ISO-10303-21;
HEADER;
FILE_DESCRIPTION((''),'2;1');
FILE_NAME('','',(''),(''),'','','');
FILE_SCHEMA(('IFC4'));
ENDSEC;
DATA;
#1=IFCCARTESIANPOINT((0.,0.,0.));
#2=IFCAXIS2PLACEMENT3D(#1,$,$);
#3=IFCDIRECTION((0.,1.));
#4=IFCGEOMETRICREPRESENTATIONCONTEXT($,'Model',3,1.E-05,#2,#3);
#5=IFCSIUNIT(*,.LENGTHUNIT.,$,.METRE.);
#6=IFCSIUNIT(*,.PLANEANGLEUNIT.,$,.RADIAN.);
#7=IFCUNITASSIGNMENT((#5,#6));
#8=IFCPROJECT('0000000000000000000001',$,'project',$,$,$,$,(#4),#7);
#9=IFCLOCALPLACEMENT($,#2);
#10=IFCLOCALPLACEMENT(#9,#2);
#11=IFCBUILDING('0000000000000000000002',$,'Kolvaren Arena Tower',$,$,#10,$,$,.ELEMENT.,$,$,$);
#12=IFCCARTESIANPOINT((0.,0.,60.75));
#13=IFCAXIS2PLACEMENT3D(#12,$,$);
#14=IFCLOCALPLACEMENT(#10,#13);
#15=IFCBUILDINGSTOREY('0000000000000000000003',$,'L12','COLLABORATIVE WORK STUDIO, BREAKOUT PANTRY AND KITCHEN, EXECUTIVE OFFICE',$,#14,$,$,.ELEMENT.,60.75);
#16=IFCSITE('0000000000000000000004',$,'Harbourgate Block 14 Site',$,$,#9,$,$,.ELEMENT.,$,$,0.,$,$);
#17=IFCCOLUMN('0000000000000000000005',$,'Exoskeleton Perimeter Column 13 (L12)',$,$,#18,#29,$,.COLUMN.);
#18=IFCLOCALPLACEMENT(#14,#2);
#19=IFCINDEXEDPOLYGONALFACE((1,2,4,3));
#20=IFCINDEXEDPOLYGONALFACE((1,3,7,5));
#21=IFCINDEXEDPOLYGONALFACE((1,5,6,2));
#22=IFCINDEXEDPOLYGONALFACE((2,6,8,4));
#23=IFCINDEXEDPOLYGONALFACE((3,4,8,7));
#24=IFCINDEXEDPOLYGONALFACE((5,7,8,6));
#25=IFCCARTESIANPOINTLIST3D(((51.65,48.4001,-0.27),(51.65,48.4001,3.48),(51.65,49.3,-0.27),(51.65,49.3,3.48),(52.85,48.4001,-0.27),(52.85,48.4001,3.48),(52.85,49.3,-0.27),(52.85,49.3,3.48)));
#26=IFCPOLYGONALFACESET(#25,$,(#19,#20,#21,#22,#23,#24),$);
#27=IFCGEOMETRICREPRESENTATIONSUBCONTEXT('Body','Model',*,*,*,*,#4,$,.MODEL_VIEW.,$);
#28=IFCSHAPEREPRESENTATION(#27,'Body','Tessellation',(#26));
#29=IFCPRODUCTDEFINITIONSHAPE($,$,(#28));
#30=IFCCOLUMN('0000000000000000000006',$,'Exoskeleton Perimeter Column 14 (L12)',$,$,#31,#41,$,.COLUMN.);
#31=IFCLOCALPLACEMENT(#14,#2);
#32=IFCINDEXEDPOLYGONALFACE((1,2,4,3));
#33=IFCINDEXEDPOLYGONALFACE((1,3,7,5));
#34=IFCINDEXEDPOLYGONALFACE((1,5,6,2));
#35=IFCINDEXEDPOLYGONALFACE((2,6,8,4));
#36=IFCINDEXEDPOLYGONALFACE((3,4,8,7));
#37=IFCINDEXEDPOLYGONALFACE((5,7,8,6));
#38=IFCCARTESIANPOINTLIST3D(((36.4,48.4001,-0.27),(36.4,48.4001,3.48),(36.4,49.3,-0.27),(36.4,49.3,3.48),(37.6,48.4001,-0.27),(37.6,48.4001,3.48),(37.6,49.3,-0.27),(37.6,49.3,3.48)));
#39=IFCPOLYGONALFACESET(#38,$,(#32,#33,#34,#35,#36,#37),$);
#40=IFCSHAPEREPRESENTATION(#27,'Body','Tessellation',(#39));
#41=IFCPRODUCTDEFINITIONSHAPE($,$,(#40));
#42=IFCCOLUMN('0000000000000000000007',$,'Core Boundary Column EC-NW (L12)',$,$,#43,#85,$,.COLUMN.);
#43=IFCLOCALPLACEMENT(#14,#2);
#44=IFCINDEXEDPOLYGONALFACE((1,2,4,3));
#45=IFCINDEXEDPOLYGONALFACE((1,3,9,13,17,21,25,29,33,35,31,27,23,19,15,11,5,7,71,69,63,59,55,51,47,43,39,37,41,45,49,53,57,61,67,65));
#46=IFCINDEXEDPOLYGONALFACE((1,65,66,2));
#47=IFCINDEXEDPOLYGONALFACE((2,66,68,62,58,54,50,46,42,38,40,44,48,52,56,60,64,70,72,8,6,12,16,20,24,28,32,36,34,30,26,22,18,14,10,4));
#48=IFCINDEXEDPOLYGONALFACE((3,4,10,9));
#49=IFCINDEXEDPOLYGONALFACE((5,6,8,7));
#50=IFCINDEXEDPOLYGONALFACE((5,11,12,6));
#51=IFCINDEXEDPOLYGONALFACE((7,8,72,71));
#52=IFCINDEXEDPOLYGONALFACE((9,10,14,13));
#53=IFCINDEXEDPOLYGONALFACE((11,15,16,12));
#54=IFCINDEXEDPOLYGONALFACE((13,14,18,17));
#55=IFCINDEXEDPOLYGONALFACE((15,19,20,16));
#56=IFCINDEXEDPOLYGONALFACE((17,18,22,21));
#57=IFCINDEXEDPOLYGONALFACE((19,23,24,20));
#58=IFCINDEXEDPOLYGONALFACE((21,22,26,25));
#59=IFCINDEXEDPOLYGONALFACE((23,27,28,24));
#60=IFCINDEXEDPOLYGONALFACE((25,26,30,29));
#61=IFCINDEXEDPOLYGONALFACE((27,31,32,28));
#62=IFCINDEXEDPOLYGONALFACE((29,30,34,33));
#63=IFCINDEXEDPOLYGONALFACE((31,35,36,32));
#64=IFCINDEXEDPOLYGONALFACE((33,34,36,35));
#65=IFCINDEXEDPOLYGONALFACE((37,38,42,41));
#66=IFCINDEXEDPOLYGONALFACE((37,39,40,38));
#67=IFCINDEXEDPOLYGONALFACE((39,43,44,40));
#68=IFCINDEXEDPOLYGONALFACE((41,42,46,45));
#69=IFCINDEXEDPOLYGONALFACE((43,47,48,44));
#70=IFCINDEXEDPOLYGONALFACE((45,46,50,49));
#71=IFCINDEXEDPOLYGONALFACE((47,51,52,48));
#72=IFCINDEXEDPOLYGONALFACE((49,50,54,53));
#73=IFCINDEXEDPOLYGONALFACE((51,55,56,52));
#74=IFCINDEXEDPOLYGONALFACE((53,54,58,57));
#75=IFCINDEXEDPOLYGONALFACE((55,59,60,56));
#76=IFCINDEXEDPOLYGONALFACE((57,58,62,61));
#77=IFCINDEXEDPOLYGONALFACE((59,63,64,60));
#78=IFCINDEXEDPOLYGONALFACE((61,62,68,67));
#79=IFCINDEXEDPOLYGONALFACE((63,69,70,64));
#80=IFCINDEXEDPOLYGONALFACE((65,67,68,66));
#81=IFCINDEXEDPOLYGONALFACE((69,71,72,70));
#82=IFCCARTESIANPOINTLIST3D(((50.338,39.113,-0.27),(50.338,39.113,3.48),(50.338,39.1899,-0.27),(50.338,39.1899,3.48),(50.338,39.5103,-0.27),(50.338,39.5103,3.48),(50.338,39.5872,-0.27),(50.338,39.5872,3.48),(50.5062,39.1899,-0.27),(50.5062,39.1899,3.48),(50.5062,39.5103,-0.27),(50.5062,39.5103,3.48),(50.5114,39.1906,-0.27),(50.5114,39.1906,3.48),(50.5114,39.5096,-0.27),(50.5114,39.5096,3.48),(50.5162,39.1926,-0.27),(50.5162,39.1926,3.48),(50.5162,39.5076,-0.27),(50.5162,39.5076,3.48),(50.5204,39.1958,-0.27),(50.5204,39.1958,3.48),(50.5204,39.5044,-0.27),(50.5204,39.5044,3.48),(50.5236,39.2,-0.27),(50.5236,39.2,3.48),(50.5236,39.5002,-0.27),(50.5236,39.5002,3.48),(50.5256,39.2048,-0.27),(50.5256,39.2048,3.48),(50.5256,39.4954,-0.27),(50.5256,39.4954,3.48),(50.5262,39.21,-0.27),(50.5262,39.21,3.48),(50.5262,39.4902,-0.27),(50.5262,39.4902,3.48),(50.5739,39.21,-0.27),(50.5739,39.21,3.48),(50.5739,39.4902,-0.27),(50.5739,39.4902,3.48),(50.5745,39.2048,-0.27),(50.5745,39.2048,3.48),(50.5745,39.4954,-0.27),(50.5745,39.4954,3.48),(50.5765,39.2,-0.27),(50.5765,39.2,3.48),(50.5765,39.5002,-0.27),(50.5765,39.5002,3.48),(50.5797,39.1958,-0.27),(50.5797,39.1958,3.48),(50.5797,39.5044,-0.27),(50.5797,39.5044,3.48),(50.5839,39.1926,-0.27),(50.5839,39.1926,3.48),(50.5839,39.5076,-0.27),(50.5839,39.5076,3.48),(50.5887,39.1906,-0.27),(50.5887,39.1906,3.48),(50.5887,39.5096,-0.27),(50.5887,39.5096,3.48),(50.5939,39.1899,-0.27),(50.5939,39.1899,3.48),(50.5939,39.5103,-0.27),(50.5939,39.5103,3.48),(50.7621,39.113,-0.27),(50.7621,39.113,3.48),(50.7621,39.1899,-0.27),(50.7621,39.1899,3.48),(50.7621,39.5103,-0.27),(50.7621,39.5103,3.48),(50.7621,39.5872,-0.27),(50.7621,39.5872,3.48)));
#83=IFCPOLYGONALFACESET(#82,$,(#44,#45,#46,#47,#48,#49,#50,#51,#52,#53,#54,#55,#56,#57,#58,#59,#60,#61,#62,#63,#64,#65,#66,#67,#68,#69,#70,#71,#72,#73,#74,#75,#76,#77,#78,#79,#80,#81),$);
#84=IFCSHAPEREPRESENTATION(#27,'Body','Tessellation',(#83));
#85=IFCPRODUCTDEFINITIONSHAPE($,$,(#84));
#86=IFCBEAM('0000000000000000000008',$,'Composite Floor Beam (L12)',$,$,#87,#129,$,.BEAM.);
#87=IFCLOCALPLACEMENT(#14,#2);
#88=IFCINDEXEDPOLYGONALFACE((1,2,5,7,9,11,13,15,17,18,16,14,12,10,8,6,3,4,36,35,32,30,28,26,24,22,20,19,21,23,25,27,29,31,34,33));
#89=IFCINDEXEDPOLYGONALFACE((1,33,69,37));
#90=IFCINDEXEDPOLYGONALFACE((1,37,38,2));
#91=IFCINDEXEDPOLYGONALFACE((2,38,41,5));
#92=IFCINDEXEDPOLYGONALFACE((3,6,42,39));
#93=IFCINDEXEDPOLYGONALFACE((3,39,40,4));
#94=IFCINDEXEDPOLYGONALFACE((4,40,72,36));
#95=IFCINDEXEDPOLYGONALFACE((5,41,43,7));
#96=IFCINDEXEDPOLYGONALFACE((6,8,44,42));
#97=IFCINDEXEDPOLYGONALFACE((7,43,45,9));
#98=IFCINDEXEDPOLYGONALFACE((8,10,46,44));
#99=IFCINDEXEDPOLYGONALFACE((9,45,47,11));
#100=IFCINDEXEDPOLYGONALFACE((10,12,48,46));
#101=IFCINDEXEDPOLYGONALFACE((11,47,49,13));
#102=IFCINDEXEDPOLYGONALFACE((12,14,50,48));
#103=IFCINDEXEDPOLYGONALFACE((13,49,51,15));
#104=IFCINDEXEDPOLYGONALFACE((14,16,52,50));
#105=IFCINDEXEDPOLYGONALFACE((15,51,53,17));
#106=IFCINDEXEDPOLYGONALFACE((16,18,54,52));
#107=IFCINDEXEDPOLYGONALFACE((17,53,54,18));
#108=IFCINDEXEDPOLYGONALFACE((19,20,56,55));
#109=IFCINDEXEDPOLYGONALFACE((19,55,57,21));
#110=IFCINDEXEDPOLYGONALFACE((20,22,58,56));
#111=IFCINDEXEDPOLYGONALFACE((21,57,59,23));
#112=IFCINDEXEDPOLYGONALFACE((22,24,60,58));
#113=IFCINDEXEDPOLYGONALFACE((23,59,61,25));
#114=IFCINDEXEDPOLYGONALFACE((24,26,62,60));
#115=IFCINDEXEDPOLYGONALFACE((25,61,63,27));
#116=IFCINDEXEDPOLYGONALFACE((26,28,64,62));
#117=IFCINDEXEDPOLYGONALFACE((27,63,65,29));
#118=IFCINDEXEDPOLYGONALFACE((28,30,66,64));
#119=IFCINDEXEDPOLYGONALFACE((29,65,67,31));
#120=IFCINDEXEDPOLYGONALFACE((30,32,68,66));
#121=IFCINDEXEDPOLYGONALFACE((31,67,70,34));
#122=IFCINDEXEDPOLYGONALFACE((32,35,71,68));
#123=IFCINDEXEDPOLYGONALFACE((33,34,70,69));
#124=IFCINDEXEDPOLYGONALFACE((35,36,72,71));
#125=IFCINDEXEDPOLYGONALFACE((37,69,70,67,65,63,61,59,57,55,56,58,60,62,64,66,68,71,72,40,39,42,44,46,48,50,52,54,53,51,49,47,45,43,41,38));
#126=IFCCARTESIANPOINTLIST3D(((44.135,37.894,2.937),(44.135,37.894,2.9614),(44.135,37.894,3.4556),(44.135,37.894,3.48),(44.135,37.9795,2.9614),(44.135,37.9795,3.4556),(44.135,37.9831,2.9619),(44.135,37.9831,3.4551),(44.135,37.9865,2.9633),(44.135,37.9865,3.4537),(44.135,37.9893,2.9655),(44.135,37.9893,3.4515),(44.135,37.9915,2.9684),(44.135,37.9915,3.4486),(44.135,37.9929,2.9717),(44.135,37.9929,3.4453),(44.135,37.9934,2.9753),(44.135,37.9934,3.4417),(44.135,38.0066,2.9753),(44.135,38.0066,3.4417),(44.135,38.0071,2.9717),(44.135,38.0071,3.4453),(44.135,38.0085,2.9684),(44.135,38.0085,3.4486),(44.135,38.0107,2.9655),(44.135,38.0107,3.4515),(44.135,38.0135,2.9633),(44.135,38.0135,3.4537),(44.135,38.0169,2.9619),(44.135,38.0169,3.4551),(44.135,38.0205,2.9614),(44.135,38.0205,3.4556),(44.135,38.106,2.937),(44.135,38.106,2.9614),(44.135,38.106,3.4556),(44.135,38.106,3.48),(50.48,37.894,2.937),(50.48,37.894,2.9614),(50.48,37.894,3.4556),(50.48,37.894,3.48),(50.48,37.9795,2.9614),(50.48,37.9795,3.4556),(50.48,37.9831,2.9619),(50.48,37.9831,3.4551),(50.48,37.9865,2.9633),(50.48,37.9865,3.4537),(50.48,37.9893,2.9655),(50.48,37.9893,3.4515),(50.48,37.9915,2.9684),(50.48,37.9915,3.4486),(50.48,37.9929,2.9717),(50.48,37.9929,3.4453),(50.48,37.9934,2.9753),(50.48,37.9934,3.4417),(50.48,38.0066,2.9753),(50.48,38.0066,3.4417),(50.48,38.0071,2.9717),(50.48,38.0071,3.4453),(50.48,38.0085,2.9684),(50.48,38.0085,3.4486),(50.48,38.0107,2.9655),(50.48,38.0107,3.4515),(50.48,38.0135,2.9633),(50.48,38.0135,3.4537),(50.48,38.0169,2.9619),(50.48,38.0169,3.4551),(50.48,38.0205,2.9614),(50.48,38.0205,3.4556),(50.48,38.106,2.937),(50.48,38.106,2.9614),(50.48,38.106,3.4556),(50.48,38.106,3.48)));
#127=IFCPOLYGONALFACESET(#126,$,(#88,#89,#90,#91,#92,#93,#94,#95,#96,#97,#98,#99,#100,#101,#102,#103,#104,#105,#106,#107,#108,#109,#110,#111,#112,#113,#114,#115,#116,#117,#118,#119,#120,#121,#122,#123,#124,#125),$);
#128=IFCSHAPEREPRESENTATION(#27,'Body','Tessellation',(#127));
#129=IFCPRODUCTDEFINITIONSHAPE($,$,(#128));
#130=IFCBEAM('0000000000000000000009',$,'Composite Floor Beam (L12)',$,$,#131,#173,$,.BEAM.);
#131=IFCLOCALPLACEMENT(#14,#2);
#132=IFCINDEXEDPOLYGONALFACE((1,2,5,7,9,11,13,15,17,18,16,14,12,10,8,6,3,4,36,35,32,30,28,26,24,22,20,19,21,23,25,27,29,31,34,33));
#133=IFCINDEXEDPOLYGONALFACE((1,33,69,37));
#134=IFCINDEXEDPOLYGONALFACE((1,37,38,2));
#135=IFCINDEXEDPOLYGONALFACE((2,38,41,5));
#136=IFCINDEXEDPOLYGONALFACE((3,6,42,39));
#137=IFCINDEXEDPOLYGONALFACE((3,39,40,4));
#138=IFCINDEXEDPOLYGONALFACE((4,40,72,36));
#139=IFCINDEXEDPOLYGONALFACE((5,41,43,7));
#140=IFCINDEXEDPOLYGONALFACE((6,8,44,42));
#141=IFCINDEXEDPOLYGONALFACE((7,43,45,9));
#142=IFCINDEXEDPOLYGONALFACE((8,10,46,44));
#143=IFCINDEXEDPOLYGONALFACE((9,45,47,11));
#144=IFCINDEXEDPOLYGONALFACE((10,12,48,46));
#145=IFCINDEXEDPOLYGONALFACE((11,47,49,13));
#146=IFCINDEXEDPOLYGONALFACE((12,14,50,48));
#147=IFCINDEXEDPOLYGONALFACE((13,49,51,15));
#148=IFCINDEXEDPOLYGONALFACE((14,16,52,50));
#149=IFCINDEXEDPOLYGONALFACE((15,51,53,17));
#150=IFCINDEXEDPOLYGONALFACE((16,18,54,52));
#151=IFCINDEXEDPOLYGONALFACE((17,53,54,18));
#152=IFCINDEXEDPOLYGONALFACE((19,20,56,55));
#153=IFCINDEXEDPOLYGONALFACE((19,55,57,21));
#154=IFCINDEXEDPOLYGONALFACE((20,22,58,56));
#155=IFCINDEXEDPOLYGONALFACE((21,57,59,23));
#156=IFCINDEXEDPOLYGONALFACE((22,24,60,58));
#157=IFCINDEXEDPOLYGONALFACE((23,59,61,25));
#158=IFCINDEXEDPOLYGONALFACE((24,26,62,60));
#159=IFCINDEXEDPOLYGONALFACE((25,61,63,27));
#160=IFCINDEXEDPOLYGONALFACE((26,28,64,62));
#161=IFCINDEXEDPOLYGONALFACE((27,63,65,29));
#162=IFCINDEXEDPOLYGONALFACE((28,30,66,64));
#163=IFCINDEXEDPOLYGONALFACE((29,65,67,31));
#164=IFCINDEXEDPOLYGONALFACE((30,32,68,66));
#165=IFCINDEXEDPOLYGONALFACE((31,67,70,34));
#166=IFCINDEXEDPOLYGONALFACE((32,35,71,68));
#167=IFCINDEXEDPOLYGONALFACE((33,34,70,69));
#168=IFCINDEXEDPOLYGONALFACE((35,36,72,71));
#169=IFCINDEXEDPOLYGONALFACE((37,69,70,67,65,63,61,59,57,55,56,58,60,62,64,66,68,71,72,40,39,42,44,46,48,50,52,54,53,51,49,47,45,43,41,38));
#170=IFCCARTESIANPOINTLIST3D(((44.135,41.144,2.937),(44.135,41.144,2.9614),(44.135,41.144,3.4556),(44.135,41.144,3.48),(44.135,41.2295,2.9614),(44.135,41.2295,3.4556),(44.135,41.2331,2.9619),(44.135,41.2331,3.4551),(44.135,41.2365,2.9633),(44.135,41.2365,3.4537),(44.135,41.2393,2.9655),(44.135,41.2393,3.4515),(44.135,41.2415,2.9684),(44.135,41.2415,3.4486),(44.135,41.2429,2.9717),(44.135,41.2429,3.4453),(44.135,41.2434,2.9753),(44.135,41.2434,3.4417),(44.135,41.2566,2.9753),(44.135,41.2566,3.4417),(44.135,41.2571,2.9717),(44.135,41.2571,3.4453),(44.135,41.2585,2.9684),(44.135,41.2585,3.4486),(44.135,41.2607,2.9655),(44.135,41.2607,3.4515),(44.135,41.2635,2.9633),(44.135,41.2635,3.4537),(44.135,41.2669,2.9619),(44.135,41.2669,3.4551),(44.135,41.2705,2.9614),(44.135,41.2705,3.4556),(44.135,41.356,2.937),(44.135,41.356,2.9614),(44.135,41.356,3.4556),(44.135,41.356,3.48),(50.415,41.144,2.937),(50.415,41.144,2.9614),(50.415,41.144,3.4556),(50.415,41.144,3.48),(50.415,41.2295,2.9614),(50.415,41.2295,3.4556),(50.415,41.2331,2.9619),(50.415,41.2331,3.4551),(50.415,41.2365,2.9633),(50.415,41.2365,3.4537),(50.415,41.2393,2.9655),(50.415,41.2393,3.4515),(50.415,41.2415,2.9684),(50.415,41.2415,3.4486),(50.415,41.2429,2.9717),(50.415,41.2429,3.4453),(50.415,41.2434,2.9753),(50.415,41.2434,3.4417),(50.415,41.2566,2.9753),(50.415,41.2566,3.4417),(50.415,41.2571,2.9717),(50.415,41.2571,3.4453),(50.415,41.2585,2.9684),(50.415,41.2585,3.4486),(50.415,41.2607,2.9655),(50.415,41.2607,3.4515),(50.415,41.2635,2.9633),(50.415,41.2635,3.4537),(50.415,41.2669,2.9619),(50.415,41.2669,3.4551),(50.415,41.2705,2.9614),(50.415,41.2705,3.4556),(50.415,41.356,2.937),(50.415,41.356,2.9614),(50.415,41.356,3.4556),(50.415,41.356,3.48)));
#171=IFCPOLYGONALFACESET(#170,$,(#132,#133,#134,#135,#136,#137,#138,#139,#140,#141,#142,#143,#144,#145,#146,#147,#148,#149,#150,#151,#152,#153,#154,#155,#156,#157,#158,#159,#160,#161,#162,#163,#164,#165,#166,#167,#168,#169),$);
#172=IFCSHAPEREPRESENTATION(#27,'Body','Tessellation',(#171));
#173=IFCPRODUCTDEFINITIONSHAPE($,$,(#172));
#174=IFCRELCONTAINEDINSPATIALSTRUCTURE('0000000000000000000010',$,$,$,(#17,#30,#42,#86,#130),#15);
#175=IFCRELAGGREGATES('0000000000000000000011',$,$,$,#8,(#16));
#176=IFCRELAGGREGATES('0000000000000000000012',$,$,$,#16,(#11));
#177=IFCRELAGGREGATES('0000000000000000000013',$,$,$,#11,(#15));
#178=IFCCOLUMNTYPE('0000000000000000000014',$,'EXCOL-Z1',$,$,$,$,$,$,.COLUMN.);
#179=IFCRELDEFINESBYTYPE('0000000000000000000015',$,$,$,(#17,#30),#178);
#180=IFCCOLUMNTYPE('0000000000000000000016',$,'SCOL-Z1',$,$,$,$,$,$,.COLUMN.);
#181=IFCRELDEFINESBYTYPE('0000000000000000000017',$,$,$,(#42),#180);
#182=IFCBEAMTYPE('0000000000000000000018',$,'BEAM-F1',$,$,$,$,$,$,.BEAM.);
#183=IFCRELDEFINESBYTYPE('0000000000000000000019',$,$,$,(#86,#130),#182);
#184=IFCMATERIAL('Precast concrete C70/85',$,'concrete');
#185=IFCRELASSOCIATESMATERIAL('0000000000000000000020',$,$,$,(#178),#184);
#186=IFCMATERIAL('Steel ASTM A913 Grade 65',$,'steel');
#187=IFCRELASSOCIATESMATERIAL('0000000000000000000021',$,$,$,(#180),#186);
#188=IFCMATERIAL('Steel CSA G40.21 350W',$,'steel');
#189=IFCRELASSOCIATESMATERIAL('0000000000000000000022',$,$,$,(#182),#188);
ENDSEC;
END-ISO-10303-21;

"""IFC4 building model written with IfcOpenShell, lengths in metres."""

from ifc_helpers import new_model, si_unit, direction, frame, origin, origin_2d, place, context, subcontext, project, spatial, rectangle, i_section, extrude, material, material_profile, profile_set, type_object, element, save


model = new_model("IFC4")

# Units and contexts
model_context = context("Model", 3, precision=1e-05, world=origin(), true_north=direction((0.0, 1.0)))
body_context = subcontext(model_context, "Body", "Model", "MODEL_VIEW")
ifc_project = project(units=[si_unit("LENGTHUNIT", "METRE"), si_unit("PLANEANGLEUNIT", "RADIAN")], contexts=[model_context])

# Site, building, storey
site_placement = place(None, origin())
site = spatial("IfcSite", under=ifc_project, at=site_placement, Name="Harbourgate Block 14 Site", CompositionType="ELEMENT", RefElevation=0.0)
building_placement = place(site_placement, origin())
building = spatial("IfcBuilding", under=site, at=building_placement, Name="Kolvaren Arena Tower", CompositionType="ELEMENT")
storey_placement = place(building_placement, frame((0.0, 0.0, 60.75)))
storey = spatial("IfcBuildingStorey", under=building, at=storey_placement, Name="L12", Description="COLLABORATIVE WORK STUDIO, BREAKOUT PANTRY AND KITCHEN, EXECUTIVE OFFICE", CompositionType="ELEMENT", Elevation=60.75)

# Columns
ifc_material_1 = material(Name="Precast concrete C70/85", Category="concrete")
ifc_material_profile_1 = material_profile(ifc_material_1, rectangle(XDim=1.2, YDim=0.8999, at=origin_2d()), Name="RC-1200x900")
ifc_profile_set_1 = profile_set([ifc_material_profile_1], Name="Precast concrete C70/85")
column_type_1 = type_object("IfcColumnType", Name="EXCOL-Z1", PredefinedType="COLUMN", material=ifc_profile_set_1)
for number, where, z_axis, x_axis, name in (
    (1, (52.25, 48.8501, -0.27), (0.0, 0.0, 1.0), (1.0, 0.0, 0.0), "Exoskeleton Perimeter Column 13 (L12)"),
    (2, (37.0, 48.8501, -0.27), (0.0, 0.0, 1.0), (1.0, 0.0, 0.0), "Exoskeleton Perimeter Column 14 (L12)"),
):
    element("IfcColumn", number, at=place(storey_placement, frame(where, z_axis=z_axis, x_axis=x_axis)), inside=storey, type_object=column_type_1, Name=name, PredefinedType="COLUMN", context=body_context, shape_type="SweptSolid", body=[
        extrude(rectangle(XDim=1.2, YDim=0.8999, at=origin_2d()), origin(), (0.0, 0.0, 1.0), 3.75),
    ])
ifc_material_2 = material(Name="Steel ASTM A913 Grade 65", Category="steel")
ifc_material_profile_2 = material_profile(ifc_material_2, i_section(OverallWidth=0.4241, OverallDepth=0.4741, WebThickness=0.0476, FlangeThickness=0.0769, FilletRadius=0.02, at=origin_2d()), Name="W360x634")
ifc_profile_set_2 = profile_set([ifc_material_profile_2], Name="Steel ASTM A913 Grade 65")
column_type_2 = type_object("IfcColumnType", Name="SCOL-Z1", PredefinedType="COLUMN", material=ifc_profile_set_2)
column_placement = place(storey_placement, frame((50.55, 39.3501, -0.27), z_axis=(0.0, 0.0, 1.0), x_axis=(1.0, 0.0, 0.0)))
element("IfcColumn", 3, at=column_placement, inside=storey, type_object=column_type_2, Name="Core Boundary Column EC-NW (L12)", PredefinedType="COLUMN", context=body_context, shape_type="SweptSolid", body=[
    extrude(i_section(OverallWidth=0.4241, OverallDepth=0.4741, WebThickness=0.0476, FlangeThickness=0.0769, FilletRadius=0.02, at=origin_2d()), origin(), (0.0, 0.0, 1.0), 3.75),
])

# Beams
ifc_material_3 = material(Name="Steel CSA G40.21 350W", Category="steel")
ifc_material_profile_3 = material_profile(ifc_material_3, i_section(OverallWidth=0.2119, OverallDepth=0.543, WebThickness=0.0132, FlangeThickness=0.0244, FilletRadius=0.0139, at=origin_2d()), Name="W530x150")
ifc_profile_set_3 = profile_set([ifc_material_profile_3], Name="Steel CSA G40.21 350W")
beam_type_1 = type_object("IfcBeamType", Name="BEAM-F1", PredefinedType="BEAM", material=ifc_profile_set_3)
beam_1_placement = place(storey_placement, frame((44.135, 38.0, 3.2085), z_axis=(1.0, 0.0, 0.0), x_axis=(0.0, 1.0, 0.0)))
element("IfcBeam", 4, at=beam_1_placement, inside=storey, type_object=beam_type_1, Name="Composite Floor Beam (L12)", PredefinedType="BEAM", context=body_context, shape_type="SweptSolid", body=[
    extrude(i_section(OverallWidth=0.2119, OverallDepth=0.543, WebThickness=0.0132, FlangeThickness=0.0244, FilletRadius=0.0139, at=origin_2d()), origin(), (0.0, 0.0, 1.0), 6.345),
])
beam_2_placement = place(storey_placement, frame((44.135, 41.25, 3.2085), z_axis=(1.0, 0.0, 0.0), x_axis=(0.0, 1.0, 0.0)))
element("IfcBeam", 5, at=beam_2_placement, inside=storey, type_object=beam_type_1, Name="Composite Floor Beam (L12)", PredefinedType="BEAM", context=body_context, shape_type="SweptSolid", body=[
    extrude(i_section(OverallWidth=0.2119, OverallDepth=0.543, WebThickness=0.0132, FlangeThickness=0.0244, FilletRadius=0.0139, at=origin_2d()), origin(), (0.0, 0.0, 1.0), 6.28),
])

save(model, "model.ifc")
